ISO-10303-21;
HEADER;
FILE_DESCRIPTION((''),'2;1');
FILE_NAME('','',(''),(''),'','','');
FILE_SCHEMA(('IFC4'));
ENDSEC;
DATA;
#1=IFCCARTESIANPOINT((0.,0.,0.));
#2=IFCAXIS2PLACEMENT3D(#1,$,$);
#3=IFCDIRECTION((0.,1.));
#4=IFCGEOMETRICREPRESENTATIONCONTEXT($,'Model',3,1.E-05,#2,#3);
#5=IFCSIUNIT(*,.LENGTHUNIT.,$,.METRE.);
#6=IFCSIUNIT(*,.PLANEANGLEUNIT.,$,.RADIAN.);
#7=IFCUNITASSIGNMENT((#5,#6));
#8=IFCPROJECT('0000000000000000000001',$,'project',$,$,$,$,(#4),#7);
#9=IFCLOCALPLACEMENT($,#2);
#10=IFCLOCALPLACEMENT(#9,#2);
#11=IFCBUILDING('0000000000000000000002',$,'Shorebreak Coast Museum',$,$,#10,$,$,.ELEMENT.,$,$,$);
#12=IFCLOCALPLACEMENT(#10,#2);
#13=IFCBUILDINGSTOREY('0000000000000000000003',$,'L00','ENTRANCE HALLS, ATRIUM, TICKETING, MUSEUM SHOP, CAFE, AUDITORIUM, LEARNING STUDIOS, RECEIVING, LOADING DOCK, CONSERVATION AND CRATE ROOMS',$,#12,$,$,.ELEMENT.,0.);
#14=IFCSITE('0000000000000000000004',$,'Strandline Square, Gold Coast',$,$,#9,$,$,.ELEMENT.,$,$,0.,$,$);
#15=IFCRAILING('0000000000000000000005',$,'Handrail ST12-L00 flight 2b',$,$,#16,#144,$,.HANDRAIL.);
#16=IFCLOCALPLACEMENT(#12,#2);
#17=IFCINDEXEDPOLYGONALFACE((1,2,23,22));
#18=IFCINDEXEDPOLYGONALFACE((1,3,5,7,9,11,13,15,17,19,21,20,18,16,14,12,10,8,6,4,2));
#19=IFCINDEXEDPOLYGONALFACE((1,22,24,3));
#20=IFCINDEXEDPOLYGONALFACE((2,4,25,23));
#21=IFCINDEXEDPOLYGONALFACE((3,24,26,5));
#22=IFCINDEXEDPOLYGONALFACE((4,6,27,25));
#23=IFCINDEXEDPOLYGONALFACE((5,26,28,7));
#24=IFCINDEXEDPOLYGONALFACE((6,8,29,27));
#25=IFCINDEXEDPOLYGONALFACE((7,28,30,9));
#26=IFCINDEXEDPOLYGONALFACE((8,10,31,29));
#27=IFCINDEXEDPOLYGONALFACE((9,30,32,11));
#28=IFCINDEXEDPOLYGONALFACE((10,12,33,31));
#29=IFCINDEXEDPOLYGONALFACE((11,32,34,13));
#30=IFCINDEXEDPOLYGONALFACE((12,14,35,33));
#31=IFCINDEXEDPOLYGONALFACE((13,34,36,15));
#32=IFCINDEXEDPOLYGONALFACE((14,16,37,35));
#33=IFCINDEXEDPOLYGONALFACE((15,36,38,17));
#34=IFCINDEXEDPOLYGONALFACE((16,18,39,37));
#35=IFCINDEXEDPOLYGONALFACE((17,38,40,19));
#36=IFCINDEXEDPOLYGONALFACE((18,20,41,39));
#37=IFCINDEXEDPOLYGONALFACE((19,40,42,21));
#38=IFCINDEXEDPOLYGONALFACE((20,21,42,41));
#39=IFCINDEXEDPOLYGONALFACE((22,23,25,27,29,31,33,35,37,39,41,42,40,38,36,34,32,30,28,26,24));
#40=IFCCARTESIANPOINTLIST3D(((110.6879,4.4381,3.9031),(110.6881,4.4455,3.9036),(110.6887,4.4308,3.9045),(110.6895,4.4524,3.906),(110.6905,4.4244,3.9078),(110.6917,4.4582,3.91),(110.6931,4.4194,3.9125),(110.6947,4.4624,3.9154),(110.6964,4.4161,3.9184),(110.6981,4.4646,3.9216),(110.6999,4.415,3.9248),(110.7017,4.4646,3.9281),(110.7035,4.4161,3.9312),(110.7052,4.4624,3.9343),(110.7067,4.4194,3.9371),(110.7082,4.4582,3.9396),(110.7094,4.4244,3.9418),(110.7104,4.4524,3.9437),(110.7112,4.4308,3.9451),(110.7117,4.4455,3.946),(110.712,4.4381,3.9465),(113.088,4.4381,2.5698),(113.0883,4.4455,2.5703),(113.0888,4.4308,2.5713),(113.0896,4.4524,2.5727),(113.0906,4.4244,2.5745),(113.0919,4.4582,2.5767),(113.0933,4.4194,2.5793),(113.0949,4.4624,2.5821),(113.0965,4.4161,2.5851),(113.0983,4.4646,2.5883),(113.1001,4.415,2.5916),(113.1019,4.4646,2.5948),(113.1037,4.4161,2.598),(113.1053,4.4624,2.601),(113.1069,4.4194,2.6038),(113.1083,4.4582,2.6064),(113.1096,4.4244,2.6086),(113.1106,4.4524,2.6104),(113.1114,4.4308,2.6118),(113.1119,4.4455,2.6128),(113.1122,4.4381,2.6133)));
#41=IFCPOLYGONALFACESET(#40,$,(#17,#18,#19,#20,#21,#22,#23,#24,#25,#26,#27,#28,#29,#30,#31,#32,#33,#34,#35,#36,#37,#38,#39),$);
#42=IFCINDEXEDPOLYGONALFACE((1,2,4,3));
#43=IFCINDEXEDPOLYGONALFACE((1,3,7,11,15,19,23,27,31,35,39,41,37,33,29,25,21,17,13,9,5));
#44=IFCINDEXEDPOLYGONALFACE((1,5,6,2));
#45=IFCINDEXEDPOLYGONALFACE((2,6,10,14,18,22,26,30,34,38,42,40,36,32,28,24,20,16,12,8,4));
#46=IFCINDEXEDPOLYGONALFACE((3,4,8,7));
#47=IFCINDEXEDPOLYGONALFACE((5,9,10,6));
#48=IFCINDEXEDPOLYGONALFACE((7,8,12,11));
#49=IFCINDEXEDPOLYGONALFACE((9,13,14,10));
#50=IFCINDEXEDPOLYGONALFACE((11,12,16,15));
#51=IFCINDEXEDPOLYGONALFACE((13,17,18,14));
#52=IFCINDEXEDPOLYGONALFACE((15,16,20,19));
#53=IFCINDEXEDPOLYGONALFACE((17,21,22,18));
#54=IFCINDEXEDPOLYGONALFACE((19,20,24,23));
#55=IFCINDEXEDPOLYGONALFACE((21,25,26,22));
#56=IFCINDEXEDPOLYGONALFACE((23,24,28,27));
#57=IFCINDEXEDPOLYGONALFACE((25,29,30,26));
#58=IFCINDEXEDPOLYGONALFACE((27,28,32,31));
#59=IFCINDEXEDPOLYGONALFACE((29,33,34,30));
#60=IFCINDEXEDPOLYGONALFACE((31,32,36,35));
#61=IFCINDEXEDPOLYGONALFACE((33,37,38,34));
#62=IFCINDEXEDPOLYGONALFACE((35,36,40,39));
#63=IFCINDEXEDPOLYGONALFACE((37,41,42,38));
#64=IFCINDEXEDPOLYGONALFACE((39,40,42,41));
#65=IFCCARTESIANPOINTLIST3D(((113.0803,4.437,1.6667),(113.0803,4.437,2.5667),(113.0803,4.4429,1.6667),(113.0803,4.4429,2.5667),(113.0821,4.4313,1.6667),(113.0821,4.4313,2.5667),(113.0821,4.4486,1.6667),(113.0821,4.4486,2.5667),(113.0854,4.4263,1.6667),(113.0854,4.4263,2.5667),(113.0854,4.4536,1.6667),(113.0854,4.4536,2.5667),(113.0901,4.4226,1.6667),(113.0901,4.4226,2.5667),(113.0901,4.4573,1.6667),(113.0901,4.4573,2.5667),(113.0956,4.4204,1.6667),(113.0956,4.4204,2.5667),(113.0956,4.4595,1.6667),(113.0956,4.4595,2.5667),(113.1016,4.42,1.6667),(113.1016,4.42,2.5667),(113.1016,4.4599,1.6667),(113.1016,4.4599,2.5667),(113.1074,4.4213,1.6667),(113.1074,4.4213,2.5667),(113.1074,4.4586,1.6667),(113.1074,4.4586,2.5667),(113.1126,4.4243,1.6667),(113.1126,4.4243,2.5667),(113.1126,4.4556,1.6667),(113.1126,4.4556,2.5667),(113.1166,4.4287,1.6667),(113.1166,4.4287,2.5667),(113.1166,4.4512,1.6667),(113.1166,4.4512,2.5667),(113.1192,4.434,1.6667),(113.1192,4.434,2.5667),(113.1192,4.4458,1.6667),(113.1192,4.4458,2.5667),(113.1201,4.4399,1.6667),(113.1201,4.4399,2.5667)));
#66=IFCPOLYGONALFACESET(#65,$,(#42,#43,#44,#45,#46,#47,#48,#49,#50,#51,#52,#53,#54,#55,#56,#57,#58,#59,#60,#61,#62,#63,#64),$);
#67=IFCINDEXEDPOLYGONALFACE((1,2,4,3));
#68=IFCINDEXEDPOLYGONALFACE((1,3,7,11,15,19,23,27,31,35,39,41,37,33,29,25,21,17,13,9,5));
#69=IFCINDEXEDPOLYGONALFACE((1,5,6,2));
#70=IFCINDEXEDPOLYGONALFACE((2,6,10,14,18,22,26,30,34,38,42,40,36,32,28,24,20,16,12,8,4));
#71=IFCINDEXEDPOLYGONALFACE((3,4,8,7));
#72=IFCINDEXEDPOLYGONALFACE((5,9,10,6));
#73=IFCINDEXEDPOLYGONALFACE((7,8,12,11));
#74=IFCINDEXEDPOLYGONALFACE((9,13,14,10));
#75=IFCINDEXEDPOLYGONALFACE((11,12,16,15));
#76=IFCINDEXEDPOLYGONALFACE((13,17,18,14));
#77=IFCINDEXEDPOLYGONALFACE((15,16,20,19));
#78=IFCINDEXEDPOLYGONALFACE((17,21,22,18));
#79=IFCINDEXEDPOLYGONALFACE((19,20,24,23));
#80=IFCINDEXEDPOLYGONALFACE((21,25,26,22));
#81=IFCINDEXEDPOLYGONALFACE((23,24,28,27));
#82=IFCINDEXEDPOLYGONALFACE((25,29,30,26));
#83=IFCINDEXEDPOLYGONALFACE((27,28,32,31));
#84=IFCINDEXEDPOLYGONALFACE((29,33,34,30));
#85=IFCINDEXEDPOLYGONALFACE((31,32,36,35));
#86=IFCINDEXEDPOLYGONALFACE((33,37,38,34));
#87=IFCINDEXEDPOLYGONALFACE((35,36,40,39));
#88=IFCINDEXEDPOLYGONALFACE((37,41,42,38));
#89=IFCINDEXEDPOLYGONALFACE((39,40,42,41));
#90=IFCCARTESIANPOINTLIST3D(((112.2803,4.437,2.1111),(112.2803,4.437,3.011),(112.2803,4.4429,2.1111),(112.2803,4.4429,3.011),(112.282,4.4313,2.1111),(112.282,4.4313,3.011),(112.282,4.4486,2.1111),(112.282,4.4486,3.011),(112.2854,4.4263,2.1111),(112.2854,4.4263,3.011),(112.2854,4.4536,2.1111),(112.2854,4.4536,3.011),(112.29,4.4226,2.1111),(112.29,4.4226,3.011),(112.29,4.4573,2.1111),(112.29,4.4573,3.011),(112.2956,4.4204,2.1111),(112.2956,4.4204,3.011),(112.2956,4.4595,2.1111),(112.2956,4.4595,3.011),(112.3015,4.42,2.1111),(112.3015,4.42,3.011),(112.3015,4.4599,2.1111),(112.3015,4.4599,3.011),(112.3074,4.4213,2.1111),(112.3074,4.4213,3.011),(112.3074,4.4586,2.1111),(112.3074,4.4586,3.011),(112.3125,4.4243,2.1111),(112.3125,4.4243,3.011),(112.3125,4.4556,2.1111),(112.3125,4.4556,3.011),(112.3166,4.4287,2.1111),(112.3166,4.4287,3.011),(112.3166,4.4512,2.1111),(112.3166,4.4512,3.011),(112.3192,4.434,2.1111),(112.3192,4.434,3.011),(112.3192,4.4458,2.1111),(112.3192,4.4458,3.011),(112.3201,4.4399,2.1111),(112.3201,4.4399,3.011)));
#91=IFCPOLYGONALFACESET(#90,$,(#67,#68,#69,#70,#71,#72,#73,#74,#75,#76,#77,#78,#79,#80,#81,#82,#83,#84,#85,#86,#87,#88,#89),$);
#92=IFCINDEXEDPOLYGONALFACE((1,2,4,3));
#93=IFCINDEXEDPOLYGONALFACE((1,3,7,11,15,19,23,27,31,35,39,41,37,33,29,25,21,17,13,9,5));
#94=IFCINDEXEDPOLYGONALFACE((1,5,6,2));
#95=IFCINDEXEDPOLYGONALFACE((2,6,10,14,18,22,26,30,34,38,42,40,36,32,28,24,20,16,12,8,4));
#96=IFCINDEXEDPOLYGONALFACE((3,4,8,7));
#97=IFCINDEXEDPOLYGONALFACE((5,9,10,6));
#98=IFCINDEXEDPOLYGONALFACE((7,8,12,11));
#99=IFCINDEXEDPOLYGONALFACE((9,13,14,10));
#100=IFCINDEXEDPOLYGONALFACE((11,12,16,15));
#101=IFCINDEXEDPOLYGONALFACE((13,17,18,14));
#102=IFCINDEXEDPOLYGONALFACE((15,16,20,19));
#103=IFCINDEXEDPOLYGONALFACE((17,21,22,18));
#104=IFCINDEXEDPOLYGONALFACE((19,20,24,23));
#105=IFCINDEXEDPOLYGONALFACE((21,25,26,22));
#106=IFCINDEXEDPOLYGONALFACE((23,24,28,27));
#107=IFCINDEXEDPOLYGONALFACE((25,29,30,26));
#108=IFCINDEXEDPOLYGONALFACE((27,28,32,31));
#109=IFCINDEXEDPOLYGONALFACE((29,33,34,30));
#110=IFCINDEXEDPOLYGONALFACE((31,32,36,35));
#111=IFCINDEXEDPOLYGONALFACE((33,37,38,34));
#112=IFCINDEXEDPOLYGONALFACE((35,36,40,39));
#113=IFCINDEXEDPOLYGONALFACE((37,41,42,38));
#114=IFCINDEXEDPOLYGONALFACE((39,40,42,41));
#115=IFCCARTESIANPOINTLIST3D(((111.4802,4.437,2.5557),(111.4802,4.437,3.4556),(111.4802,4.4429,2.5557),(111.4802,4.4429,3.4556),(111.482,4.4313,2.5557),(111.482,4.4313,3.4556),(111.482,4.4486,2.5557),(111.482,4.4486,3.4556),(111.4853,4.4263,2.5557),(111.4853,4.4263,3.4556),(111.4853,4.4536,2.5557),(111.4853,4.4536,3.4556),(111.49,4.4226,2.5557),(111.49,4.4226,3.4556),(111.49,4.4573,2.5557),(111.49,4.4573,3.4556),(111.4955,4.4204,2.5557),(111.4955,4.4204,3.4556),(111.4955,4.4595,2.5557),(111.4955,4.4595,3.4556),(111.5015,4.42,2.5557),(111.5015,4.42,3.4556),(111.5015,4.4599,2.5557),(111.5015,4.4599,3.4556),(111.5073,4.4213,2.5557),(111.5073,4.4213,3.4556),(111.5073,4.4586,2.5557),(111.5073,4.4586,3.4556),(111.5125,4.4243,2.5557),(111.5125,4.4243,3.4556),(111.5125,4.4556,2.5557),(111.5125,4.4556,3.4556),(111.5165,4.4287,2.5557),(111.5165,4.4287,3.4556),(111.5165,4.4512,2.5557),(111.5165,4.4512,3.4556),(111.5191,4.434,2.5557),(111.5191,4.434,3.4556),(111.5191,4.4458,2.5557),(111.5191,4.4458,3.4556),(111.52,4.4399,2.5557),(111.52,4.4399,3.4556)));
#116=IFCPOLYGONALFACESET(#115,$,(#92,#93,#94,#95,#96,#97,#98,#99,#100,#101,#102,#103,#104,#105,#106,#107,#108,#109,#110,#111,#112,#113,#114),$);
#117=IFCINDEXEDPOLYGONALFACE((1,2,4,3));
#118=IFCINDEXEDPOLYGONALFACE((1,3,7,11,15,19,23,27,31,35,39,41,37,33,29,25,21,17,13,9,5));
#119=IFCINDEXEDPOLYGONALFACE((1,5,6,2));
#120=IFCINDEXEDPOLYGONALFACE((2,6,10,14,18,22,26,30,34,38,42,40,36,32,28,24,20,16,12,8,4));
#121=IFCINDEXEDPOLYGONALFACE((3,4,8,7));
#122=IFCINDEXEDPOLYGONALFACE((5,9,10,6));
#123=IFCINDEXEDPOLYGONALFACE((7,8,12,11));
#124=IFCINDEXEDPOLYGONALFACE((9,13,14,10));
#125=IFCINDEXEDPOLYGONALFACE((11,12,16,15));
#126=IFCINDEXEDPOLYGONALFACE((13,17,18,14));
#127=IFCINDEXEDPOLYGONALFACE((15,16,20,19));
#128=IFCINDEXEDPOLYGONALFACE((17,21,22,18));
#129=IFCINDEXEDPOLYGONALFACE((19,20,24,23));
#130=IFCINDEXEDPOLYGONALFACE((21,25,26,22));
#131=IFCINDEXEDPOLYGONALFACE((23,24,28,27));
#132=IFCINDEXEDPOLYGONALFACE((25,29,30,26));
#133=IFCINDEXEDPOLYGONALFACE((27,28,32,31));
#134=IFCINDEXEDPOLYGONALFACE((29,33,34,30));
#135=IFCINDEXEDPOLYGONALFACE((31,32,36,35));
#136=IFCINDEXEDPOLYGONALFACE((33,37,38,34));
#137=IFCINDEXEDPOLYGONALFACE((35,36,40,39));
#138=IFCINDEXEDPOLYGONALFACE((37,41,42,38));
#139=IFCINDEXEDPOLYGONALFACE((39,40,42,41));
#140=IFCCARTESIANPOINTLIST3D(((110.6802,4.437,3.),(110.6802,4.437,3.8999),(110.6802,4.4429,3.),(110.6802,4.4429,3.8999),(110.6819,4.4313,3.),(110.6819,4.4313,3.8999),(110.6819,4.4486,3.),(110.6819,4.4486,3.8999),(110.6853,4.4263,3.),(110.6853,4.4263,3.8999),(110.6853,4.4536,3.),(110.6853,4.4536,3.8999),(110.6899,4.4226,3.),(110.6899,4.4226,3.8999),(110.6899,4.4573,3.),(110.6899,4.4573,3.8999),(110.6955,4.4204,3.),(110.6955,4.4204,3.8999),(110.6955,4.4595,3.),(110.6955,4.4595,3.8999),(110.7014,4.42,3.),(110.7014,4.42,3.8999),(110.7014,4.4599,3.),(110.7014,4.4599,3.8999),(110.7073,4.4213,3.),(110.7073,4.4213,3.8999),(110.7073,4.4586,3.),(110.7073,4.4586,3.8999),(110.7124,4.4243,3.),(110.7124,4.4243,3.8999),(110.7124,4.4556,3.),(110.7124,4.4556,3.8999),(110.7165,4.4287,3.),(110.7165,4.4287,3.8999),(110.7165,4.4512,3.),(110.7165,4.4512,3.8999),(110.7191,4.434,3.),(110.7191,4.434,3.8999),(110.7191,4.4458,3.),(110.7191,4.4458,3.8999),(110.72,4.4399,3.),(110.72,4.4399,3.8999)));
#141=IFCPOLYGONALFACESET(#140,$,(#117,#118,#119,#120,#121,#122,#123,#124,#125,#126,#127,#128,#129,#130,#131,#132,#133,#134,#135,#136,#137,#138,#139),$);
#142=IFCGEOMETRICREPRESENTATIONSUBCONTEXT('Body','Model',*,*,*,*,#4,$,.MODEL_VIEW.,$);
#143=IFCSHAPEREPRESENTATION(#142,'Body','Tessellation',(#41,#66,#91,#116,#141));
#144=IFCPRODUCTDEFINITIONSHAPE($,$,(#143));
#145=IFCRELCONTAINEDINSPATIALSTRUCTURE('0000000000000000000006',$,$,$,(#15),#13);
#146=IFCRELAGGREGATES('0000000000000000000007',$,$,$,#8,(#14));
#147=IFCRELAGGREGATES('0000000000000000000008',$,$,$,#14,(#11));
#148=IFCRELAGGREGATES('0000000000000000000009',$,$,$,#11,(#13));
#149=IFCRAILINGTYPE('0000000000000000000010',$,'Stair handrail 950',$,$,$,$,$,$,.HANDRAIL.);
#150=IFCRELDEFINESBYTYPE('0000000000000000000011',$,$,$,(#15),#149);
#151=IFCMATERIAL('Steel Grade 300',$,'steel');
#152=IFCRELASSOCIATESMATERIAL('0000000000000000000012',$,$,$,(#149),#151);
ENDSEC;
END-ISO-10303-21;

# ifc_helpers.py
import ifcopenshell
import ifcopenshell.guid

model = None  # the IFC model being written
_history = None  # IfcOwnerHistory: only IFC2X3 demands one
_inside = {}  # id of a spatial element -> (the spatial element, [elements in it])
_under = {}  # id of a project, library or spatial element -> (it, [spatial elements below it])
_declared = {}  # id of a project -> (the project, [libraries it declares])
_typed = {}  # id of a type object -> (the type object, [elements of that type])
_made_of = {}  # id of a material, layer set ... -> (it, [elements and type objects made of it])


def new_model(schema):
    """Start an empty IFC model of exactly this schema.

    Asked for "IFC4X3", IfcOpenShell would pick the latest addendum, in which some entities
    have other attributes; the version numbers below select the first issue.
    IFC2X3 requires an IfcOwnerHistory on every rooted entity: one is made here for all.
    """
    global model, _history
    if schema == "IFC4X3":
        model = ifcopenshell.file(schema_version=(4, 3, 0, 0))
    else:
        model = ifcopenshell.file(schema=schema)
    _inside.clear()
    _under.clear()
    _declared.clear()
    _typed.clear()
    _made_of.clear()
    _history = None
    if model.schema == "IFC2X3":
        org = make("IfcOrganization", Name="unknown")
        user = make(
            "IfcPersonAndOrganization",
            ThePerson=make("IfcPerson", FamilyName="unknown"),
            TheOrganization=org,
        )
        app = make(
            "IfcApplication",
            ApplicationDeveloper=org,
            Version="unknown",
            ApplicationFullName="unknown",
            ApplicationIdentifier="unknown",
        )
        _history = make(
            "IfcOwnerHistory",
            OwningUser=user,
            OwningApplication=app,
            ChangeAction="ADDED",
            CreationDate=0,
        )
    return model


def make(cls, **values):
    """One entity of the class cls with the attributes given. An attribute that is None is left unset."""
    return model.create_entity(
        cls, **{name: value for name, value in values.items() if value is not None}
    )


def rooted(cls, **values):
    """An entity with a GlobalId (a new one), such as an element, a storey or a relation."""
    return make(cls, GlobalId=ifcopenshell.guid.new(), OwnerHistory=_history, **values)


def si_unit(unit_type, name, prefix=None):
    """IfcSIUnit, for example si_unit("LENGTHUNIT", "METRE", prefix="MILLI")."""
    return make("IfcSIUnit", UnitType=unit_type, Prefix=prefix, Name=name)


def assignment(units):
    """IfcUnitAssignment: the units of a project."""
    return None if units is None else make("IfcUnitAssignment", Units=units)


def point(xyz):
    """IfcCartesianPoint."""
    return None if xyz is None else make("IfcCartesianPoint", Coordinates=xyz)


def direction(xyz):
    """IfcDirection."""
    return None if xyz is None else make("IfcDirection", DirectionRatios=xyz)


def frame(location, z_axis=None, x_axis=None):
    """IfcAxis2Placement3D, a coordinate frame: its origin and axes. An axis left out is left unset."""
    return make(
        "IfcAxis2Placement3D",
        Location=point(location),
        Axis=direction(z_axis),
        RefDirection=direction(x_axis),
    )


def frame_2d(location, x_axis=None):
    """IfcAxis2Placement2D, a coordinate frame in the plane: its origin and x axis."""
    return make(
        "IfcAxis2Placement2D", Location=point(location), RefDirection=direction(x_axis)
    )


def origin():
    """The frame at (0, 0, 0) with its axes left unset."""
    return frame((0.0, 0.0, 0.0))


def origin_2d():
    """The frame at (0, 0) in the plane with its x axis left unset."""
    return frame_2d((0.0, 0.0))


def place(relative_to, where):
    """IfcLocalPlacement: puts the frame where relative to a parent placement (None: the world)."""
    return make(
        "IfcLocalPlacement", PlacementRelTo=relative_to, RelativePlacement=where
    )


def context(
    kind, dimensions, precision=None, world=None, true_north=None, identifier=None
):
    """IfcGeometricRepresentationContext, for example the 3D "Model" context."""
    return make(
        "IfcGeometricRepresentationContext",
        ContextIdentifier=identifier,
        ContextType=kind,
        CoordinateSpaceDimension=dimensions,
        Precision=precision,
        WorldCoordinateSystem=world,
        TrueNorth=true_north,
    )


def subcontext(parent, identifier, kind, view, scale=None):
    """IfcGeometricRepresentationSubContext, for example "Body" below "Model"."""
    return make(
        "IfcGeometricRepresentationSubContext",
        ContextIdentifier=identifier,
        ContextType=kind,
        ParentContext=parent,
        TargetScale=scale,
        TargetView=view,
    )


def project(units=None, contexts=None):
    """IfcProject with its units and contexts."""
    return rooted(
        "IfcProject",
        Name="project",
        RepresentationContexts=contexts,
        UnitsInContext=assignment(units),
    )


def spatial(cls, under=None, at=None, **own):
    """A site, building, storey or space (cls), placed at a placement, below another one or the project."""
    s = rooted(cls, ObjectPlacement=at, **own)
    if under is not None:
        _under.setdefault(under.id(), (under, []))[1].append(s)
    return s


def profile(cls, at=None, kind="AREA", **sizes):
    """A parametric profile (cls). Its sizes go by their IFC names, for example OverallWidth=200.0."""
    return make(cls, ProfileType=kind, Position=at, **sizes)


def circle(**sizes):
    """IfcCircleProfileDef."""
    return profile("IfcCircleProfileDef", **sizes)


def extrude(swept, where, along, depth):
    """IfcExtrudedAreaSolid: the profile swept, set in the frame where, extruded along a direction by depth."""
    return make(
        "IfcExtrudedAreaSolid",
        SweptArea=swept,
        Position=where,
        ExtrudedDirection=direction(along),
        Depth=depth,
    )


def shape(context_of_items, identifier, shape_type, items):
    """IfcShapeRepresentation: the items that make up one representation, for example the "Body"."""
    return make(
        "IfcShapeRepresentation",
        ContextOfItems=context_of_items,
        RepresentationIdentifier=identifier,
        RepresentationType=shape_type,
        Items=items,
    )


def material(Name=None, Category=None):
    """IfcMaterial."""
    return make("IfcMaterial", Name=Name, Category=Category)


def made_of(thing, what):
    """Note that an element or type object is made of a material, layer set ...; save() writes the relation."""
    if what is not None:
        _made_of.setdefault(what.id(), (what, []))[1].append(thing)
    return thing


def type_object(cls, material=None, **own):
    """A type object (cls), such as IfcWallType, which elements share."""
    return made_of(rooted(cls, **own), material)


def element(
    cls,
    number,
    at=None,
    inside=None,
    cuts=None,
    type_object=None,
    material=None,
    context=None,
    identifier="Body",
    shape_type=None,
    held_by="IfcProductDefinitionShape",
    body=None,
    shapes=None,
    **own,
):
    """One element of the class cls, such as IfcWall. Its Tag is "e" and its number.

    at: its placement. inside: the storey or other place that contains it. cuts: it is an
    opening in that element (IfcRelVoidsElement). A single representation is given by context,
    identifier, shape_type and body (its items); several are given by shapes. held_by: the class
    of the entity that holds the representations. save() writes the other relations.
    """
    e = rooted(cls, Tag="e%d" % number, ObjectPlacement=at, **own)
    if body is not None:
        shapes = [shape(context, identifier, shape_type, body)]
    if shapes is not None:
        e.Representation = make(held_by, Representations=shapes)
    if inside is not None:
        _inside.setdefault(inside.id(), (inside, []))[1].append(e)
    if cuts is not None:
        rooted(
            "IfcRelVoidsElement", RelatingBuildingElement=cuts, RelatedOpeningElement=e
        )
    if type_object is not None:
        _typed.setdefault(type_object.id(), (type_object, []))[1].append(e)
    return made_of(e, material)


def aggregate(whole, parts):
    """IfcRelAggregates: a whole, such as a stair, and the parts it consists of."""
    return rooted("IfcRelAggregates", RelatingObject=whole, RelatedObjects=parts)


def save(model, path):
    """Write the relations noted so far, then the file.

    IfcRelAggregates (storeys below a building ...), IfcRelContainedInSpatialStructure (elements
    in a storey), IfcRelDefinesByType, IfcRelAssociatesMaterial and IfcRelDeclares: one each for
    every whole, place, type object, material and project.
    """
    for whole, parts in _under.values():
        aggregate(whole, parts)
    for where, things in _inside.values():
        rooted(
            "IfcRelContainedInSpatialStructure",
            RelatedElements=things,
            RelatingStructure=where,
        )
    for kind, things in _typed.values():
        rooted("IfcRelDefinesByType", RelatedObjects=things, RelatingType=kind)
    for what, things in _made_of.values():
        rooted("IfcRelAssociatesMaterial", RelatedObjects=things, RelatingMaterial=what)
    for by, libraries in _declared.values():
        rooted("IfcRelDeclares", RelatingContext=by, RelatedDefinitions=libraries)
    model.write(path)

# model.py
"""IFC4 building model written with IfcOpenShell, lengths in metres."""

from ifc_helpers import new_model, si_unit, direction, frame, origin, origin_2d, place, context, subcontext, project, spatial, circle, extrude, material, type_object, element, save


model = new_model("IFC4")

# Units and contexts
model_context = context("Model", 3, precision=1e-05, world=origin(), true_north=direction((0.0, 1.0)))
body_context = subcontext(model_context, "Body", "Model", "MODEL_VIEW")
ifc_project = project(units=[si_unit("LENGTHUNIT", "METRE"), si_unit("PLANEANGLEUNIT", "RADIAN")], contexts=[model_context])

# Site, building, storey
site_placement = place(None, origin())
site = spatial("IfcSite", under=ifc_project, at=site_placement, Name="Strandline Square, Gold Coast", CompositionType="ELEMENT", RefElevation=0.0)
building_placement = place(site_placement, origin())
building = spatial("IfcBuilding", under=site, at=building_placement, Name="Shorebreak Coast Museum", CompositionType="ELEMENT")
storey_placement = place(building_placement, origin())
storey = spatial("IfcBuildingStorey", under=building, at=storey_placement, Name="L00", Description="ENTRANCE HALLS, ATRIUM, TICKETING, MUSEUM SHOP, CAFE, AUDITORIUM, LEARNING STUDIOS, RECEIVING, LOADING DOCK, CONSERVATION AND CRATE ROOMS", CompositionType="ELEMENT", Elevation=0.0)

# Railing
ifc_material_1 = material(Name="Steel Grade 300", Category="steel")
railing_type_1 = type_object("IfcRailingType", Name="Stair handrail 950", PredefinedType="HANDRAIL", material=ifc_material_1)
for number, where, name in (
    (1, (113.1001, 4.4399, 1.6667), "Handrail ST12-L00 flight 2b"),
):
    element("IfcRailing", number, at=place(storey_placement, frame(where)), inside=storey, type_object=railing_type_1, Name=name, PredefinedType="HANDRAIL", context=body_context, shape_type="SweptSolid", body=[
        extrude(circle(Radius=0.0249, at=origin_2d()), frame((0.0, 0.0, 0.9248), z_axis=(-0.874182, 0.0, 0.485598), x_axis=(0.0, -1.0, 0.0)), (0.0, 0.0, 1.0), 2.7456),
        extrude(circle(Radius=0.02, at=origin_2d()), origin(), (0.0, 0.0, 1.0), 0.8999),
        extrude(circle(Radius=0.02, at=origin_2d()), frame((-0.8, 0.0, 0.4443)), (0.0, 0.0, 1.0), 0.8999),
        extrude(circle(Radius=0.02, at=origin_2d()), frame((-1.6001, 0.0, 0.8889)), (0.0, 0.0, 1.0), 0.8999),
        extrude(circle(Radius=0.02, at=origin_2d()), frame((-2.4001, 0.0, 1.3333)), (0.0, 0.0, 1.0), 0.8999),
    ])

save(model, "model.ifc")
